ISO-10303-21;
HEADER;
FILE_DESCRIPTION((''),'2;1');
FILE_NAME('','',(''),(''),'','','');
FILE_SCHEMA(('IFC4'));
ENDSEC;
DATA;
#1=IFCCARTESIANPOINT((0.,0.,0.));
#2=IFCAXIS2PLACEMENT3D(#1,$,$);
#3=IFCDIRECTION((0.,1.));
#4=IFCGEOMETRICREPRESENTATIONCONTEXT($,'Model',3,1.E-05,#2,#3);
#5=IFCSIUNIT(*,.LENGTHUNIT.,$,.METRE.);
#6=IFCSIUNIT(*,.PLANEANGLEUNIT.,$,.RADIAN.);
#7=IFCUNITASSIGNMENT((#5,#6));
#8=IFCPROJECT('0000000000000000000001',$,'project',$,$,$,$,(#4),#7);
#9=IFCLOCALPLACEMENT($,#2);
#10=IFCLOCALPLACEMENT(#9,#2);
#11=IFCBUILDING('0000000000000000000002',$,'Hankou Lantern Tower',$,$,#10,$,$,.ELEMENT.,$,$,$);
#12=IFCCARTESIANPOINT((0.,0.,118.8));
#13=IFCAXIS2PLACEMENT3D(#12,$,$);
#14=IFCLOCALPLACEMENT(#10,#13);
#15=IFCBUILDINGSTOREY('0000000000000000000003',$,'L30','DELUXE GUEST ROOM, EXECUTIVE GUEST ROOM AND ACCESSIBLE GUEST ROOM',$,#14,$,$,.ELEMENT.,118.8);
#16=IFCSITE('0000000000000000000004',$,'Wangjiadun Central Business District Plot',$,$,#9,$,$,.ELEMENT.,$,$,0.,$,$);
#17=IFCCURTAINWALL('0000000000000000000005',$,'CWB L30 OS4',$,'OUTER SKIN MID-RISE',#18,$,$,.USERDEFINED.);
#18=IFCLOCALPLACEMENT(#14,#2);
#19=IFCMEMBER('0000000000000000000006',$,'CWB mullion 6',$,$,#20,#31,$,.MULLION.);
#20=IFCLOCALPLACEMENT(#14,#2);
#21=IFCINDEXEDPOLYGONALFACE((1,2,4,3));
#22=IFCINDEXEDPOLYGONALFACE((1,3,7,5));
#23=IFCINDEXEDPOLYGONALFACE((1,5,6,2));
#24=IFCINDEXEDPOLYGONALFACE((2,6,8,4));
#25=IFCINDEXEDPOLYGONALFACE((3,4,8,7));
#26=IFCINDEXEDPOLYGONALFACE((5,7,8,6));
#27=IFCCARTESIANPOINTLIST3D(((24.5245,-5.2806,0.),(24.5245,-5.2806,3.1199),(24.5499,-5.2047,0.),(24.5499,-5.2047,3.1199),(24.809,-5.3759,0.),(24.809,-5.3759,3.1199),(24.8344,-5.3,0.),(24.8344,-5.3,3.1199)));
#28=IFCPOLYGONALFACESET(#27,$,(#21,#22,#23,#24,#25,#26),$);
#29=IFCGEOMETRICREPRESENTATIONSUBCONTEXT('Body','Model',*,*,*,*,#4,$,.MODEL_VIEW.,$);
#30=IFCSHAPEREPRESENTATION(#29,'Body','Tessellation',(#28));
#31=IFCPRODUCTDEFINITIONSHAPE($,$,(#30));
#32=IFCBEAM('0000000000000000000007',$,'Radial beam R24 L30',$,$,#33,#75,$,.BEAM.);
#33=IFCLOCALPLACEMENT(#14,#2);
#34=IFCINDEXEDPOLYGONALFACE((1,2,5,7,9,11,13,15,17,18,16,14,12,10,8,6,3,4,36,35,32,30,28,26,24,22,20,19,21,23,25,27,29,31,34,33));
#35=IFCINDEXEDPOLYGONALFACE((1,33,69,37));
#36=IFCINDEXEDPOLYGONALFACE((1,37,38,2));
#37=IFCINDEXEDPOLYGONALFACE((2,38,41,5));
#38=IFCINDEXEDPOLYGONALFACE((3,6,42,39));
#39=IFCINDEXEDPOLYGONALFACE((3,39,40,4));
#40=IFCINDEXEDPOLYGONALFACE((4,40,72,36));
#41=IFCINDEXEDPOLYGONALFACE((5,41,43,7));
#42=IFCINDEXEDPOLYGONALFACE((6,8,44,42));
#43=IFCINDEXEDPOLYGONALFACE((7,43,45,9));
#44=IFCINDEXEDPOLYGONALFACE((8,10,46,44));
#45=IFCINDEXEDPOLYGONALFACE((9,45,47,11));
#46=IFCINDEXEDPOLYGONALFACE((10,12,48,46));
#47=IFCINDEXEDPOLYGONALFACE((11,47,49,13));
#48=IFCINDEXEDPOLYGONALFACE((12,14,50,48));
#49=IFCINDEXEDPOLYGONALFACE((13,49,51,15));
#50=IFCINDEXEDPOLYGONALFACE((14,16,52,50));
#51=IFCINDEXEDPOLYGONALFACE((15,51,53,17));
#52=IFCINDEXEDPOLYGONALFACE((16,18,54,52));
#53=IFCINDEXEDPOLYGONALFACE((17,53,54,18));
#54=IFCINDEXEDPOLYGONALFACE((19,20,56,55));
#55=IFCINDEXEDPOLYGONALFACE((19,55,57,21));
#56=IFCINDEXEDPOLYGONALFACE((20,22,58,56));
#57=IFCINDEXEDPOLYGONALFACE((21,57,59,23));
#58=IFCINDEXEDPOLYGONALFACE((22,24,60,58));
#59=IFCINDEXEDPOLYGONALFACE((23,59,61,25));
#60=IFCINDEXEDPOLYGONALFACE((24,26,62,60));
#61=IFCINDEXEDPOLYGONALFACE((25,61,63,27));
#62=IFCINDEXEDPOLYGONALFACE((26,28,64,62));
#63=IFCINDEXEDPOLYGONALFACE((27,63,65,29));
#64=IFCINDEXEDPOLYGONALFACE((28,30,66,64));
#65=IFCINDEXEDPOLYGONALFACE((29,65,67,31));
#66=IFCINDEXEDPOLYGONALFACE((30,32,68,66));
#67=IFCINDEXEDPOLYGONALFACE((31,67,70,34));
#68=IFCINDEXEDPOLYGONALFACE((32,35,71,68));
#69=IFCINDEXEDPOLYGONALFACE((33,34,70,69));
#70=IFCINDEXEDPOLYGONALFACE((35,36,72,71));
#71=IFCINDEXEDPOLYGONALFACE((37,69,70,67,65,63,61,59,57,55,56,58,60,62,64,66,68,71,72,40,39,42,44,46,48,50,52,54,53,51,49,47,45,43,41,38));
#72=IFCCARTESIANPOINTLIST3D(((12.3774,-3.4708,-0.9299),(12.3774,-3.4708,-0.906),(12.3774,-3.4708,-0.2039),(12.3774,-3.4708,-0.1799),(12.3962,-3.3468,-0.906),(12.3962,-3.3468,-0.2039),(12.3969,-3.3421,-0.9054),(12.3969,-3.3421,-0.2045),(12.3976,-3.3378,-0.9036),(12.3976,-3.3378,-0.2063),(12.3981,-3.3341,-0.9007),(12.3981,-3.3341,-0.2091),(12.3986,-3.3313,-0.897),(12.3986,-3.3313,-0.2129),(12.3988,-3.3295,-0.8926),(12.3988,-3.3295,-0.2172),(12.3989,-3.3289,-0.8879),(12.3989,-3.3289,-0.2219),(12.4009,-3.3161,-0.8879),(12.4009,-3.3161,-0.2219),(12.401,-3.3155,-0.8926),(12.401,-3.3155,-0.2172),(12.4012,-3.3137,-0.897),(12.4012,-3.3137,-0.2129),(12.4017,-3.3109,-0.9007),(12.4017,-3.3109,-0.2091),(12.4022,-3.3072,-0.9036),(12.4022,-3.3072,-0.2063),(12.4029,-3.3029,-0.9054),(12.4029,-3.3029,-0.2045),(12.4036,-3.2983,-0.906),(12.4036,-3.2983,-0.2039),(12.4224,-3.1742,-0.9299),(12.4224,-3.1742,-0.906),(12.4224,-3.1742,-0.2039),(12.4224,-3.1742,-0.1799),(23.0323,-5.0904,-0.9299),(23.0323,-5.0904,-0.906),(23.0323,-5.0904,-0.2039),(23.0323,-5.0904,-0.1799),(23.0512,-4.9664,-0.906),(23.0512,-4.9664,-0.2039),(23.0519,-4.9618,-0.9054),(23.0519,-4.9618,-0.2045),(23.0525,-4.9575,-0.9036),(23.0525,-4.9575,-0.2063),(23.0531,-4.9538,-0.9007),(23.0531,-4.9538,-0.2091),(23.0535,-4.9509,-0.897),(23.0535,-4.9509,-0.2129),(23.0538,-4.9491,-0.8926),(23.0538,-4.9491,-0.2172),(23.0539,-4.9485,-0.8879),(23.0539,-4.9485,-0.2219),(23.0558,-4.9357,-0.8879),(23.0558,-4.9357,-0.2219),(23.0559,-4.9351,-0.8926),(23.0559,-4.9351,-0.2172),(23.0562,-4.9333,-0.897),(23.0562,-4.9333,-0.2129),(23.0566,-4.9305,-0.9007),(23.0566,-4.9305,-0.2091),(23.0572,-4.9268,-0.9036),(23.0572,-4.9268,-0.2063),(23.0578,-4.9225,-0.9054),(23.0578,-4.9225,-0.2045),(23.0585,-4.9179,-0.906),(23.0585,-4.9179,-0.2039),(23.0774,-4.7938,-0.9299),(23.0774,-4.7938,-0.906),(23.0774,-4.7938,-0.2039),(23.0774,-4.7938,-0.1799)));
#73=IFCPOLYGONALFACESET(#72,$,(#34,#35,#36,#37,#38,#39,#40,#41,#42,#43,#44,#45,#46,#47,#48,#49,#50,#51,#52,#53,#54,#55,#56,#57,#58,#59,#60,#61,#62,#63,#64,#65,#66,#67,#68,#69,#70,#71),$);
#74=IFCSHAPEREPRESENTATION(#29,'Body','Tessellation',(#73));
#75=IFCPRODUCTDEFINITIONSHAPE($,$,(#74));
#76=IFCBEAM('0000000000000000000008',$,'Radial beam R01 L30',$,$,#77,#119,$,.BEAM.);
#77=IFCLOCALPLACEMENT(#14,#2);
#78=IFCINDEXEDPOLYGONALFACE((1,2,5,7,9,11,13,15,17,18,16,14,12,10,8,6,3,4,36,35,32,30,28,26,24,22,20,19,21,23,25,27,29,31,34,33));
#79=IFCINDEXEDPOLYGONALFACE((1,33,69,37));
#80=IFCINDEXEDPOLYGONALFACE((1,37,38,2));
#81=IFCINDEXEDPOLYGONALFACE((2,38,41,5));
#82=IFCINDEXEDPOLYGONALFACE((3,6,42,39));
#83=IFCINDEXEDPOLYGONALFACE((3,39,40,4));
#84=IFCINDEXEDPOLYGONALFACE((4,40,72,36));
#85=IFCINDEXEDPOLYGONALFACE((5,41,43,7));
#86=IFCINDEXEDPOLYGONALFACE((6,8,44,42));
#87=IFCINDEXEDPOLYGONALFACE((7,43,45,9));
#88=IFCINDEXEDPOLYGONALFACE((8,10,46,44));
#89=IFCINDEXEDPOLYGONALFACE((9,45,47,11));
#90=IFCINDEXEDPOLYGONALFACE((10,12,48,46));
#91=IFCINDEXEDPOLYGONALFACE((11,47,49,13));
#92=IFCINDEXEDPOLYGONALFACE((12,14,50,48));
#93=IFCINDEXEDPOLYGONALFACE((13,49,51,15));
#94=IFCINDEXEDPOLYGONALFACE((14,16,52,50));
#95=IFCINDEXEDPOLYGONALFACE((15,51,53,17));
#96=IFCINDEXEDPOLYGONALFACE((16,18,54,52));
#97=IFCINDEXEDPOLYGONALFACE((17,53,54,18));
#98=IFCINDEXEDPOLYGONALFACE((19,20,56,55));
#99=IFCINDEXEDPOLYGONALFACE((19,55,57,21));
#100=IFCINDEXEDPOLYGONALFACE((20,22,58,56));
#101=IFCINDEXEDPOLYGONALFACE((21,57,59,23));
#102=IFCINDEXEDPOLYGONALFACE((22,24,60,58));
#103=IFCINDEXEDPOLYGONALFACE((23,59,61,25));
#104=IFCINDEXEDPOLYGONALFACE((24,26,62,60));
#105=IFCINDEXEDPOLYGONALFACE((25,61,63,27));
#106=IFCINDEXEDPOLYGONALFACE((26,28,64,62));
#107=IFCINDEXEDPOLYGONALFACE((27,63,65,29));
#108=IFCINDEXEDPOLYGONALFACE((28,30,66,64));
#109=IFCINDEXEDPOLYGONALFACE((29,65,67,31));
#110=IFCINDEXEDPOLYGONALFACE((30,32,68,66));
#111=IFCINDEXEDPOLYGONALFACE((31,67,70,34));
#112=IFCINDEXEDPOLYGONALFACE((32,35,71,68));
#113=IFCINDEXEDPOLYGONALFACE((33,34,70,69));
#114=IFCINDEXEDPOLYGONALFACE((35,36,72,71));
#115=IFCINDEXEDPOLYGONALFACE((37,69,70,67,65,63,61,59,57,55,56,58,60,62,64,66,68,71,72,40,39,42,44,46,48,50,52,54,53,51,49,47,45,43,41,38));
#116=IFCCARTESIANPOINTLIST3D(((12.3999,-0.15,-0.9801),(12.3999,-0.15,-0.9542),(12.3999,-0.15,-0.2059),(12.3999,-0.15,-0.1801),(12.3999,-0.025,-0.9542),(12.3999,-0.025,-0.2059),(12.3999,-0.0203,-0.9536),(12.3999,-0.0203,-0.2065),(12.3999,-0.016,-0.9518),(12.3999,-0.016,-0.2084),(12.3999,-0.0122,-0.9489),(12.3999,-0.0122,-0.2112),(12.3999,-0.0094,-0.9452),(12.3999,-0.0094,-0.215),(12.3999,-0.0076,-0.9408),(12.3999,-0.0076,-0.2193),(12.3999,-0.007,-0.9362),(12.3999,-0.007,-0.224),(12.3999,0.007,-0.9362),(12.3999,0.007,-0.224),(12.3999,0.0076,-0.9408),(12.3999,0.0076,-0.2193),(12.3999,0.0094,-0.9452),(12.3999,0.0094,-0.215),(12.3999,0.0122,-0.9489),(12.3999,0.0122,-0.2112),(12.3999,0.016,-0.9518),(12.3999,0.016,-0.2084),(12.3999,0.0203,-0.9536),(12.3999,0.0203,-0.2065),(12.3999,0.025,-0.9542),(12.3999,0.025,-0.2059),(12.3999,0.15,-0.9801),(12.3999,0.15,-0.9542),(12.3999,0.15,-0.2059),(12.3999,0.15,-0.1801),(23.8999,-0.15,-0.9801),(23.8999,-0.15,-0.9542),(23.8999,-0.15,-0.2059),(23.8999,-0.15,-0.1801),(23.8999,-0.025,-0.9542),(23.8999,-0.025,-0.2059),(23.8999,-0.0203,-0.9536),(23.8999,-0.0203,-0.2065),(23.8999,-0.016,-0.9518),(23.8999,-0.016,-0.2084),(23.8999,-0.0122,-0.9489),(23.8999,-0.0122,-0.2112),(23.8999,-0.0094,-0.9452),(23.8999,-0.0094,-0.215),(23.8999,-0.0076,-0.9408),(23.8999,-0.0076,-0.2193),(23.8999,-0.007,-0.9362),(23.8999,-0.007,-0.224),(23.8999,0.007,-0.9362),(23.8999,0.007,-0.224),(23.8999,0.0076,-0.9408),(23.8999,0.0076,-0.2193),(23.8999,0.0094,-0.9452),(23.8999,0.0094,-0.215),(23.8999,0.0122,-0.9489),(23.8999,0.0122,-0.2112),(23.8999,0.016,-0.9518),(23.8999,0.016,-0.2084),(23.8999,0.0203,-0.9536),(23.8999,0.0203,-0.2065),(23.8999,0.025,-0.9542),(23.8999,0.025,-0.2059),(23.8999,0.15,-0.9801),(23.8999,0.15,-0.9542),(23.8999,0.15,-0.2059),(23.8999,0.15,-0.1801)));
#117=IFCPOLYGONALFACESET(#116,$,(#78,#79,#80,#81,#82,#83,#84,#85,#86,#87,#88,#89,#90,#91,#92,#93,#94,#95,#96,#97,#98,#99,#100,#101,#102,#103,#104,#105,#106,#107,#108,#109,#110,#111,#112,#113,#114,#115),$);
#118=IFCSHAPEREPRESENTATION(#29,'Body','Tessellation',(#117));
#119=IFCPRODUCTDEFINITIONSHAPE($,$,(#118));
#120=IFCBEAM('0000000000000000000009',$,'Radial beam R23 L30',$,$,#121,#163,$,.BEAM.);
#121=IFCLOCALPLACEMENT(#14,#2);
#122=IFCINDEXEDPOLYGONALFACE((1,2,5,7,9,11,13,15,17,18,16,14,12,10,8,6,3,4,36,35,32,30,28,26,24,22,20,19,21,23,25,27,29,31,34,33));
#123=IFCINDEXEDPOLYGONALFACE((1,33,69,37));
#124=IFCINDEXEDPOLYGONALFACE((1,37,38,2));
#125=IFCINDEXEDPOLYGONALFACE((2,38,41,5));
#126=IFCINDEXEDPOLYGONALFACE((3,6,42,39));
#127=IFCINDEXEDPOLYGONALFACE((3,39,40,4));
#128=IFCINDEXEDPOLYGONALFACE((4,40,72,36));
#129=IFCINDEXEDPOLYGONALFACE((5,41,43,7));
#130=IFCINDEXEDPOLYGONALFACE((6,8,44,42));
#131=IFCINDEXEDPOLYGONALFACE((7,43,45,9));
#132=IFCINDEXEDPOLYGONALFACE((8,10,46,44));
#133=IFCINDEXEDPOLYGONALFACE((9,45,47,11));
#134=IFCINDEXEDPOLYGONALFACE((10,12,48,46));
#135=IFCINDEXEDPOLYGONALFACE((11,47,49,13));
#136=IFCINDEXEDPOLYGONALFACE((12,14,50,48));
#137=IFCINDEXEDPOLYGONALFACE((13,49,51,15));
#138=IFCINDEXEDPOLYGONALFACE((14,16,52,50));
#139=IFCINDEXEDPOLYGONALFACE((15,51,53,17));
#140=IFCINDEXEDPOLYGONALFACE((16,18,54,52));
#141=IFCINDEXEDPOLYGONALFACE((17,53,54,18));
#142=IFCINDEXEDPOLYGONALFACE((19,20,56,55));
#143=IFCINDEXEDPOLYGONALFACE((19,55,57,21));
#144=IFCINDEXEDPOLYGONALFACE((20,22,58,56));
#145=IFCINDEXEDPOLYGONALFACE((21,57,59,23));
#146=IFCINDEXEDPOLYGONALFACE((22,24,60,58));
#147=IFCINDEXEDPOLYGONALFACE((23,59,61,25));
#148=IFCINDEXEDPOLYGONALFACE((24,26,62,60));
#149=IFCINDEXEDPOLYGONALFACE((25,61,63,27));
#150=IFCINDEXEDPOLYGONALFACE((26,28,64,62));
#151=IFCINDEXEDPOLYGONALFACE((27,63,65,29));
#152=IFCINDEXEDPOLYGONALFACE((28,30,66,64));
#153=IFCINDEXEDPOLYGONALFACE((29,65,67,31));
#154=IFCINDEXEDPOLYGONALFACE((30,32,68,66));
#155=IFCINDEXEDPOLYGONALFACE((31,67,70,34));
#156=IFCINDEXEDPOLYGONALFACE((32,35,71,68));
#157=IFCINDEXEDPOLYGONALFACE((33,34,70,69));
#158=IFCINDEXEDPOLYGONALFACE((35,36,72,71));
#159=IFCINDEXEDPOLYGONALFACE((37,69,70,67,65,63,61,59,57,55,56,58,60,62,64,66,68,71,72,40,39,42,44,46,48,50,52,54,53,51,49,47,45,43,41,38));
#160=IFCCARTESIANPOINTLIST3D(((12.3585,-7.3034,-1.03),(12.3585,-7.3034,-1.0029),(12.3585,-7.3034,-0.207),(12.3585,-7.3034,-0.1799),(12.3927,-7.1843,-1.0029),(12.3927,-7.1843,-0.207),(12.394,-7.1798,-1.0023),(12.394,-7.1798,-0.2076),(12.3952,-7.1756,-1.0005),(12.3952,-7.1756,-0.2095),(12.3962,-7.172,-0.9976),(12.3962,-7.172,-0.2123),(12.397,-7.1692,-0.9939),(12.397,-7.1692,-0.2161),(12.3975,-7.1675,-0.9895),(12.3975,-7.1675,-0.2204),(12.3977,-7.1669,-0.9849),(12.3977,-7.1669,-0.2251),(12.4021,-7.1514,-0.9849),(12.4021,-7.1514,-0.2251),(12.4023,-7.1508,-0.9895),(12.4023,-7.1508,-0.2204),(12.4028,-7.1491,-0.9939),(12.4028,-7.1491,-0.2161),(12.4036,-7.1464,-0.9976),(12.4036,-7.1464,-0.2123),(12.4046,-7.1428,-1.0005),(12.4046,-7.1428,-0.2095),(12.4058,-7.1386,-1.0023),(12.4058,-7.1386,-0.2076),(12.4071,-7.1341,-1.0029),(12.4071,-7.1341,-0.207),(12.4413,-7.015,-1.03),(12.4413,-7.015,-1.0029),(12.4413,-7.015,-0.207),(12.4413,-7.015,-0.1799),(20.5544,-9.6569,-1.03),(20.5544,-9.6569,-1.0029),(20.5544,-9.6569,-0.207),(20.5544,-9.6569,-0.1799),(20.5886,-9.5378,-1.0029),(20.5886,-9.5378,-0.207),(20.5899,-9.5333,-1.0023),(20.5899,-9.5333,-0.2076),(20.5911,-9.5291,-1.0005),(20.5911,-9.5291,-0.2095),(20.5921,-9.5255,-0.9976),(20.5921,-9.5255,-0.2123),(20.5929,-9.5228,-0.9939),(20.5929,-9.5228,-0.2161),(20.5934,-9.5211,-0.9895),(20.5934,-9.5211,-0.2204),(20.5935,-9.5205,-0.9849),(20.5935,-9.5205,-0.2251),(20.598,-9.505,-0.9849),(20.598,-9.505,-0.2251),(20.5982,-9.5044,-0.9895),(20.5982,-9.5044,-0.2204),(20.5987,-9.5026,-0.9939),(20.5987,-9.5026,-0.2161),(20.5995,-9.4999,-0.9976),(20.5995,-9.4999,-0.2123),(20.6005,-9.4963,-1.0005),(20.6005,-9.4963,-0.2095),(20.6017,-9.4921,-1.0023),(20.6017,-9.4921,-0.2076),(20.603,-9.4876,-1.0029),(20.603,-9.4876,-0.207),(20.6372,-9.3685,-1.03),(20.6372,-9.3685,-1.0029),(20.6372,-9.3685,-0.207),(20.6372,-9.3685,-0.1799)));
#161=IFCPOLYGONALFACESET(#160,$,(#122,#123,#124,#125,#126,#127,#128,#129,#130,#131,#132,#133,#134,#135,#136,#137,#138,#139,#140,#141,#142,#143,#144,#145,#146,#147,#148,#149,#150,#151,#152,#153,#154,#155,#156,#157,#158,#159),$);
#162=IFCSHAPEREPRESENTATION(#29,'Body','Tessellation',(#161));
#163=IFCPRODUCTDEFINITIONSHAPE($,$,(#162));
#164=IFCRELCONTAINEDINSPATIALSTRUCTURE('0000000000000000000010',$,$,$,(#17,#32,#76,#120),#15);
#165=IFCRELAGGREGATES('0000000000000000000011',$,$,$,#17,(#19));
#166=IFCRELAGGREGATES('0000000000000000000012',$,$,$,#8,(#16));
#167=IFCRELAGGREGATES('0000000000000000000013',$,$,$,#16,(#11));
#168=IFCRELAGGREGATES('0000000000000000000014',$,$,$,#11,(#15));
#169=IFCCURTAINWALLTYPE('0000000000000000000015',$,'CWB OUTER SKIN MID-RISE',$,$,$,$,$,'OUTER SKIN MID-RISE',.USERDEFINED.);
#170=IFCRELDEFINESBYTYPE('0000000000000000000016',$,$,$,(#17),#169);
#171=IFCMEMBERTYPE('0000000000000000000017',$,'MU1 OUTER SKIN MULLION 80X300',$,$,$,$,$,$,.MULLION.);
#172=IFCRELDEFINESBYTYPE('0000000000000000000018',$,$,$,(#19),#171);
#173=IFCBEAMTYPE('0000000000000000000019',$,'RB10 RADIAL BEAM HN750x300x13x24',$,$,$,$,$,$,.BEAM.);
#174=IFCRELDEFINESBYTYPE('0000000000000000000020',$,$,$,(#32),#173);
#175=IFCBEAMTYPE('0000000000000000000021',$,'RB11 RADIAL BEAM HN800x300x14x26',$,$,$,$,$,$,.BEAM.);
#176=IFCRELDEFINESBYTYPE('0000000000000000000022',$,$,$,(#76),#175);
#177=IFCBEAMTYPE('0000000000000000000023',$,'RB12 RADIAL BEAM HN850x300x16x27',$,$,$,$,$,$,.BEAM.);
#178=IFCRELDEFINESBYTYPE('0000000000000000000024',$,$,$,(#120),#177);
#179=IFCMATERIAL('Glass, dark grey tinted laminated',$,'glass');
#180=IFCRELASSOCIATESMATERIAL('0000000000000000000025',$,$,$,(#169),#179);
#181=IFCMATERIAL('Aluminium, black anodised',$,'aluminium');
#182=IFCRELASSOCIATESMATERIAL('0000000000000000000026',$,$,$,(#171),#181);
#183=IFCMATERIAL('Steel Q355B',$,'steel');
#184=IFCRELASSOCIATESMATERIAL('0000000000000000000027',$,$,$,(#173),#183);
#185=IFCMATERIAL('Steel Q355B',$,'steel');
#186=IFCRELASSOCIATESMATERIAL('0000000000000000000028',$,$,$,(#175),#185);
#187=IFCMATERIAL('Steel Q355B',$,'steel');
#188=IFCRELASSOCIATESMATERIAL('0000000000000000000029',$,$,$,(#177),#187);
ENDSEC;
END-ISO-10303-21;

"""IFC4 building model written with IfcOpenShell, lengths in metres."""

from ifc_helpers import new_model, si_unit, direction, frame, origin, origin_2d, place, context, subcontext, project, spatial, rectangle, i_section, extrude, material, material_profile, profile_set, type_object, element, aggregate, save


model = new_model("IFC4")

# Units and contexts
model_context = context("Model", 3, precision=1e-05, world=origin(), true_north=direction((0.0, 1.0)))
body_context = subcontext(model_context, "Body", "Model", "MODEL_VIEW")
ifc_project = project(units=[si_unit("LENGTHUNIT", "METRE"), si_unit("PLANEANGLEUNIT", "RADIAN")], contexts=[model_context])

# Site, building, storey
site_placement = place(None, origin())
site = spatial("IfcSite", under=ifc_project, at=site_placement, Name="Wangjiadun Central Business District Plot", CompositionType="ELEMENT", RefElevation=0.0)
building_placement = place(site_placement, origin())
building = spatial("IfcBuilding", under=site, at=building_placement, Name="Hankou Lantern Tower", CompositionType="ELEMENT")
storey_placement = place(building_placement, frame((0.0, 0.0, 118.8)))
storey = spatial("IfcBuildingStorey", under=building, at=storey_placement, Name="L30", Description="DELUXE GUEST ROOM, EXECUTIVE GUEST ROOM AND ACCESSIBLE GUEST ROOM", CompositionType="ELEMENT", Elevation=118.8)

# Curtain wall, member
ifc_material_1 = material(Name="Glass, dark grey tinted laminated", Category="glass")
curtain_wall_type = type_object("IfcCurtainWallType", Name="CWB OUTER SKIN MID-RISE", ElementType="OUTER SKIN MID-RISE", PredefinedType="USERDEFINED", material=ifc_material_1)
curtain_wall_placement = place(storey_placement, origin())
curtain_wall = element("IfcCurtainWall", 1, at=curtain_wall_placement, inside=storey, type_object=curtain_wall_type, Name="CWB L30 OS4", ObjectType="OUTER SKIN MID-RISE", PredefinedType="USERDEFINED")
ifc_material_2 = material(Name="Aluminium, black anodised", Category="aluminium")
ifc_material_profile_1 = material_profile(ifc_material_2, rectangle(XDim=0.0801, YDim=0.3, at=origin_2d()), Name="MU1 80X300")
ifc_profile_set_1 = profile_set([ifc_material_profile_1], Name="Aluminium, black anodised")
member_type_1 = type_object("IfcMemberType", Name="MU1 OUTER SKIN MULLION 80X300", PredefinedType="MULLION", material=ifc_profile_set_1)
member_1_placement = place(storey_placement, frame((24.6794, -5.2903, 0.0), z_axis=(0.0, 0.0, 1.0), x_axis=(0.317596, 0.948226, 0.0)))
member_1 = element("IfcMember", 2, at=member_1_placement, type_object=member_type_1, Name="CWB mullion 6", PredefinedType="MULLION", context=body_context, shape_type="SweptSolid", body=[
    extrude(rectangle(XDim=0.0801, YDim=0.3, at=origin_2d()), origin(), (0.0, 0.0, 1.0), 3.1199),
])

# Beams
ifc_material_3 = material(Name="Steel Q355B", Category="steel")
ifc_material_profile_2 = material_profile(ifc_material_3, i_section(OverallWidth=0.3, OverallDepth=0.75, WebThickness=0.0129, FlangeThickness=0.0239, FilletRadius=0.0181, at=origin_2d()), Name="HN750x300x13x24")
ifc_profile_set_2 = profile_set([ifc_material_profile_2], Name="Steel Q355B")
beam_type_1 = type_object("IfcBeamType", Name="RB10 RADIAL BEAM HN750x300x13x24", PredefinedType="BEAM", material=ifc_profile_set_2)
beam_1_placement = place(storey_placement, frame((12.3999, -3.3225, -0.5549), z_axis=(0.988644, -0.15028, 0.0), x_axis=(0.15028, 0.988644, 0.0)))
element("IfcBeam", 3, at=beam_1_placement, inside=storey, type_object=beam_type_1, Name="Radial beam R24 L30", PredefinedType="BEAM", context=body_context, shape_type="SweptSolid", body=[
    extrude(i_section(OverallWidth=0.3, OverallDepth=0.75, WebThickness=0.0129, FlangeThickness=0.0239, FilletRadius=0.0181, at=origin_2d()), origin(), (0.0, 0.0, 1.0), 10.7773),
])
ifc_material_4 = material(Name="Steel Q355B", Category="steel")
ifc_material_profile_3 = material_profile(ifc_material_4, i_section(OverallWidth=0.3, OverallDepth=0.8, WebThickness=0.0139, FlangeThickness=0.0259, FilletRadius=0.0181, at=origin_2d()), Name="HN800x300x14x26")
ifc_profile_set_3 = profile_set([ifc_material_profile_3], Name="Steel Q355B")
beam_type_2 = type_object("IfcBeamType", Name="RB11 RADIAL BEAM HN800x300x14x26", PredefinedType="BEAM", material=ifc_profile_set_3)
beam_2_placement = place(storey_placement, frame((12.3999, 0.0, -0.5801), z_axis=(1.0, 0.0, 0.0), x_axis=(0.0, 1.0, 0.0)))
element("IfcBeam", 4, at=beam_2_placement, inside=storey, type_object=beam_type_2, Name="Radial beam R01 L30", PredefinedType="BEAM", context=body_context, shape_type="SweptSolid", body=[
    extrude(i_section(OverallWidth=0.3, OverallDepth=0.8, WebThickness=0.0139, FlangeThickness=0.0259, FilletRadius=0.0181, at=origin_2d()), origin(), (0.0, 0.0, 1.0), 11.5),
])
ifc_material_5 = material(Name="Steel Q355B", Category="steel")
ifc_material_profile_4 = material_profile(ifc_material_5, i_section(OverallWidth=0.3, OverallDepth=0.8501, WebThickness=0.0161, FlangeThickness=0.0271, FilletRadius=0.0181, at=origin_2d()), Name="HN850x300x16x27")
ifc_profile_set_4 = profile_set([ifc_material_profile_4], Name="Steel Q355B")
beam_type_3 = type_object("IfcBeamType", Name="RB12 RADIAL BEAM HN850x300x16x27", PredefinedType="BEAM", material=ifc_profile_set_4)
beam_3_placement = place(storey_placement, frame((12.3999, -7.1592, -0.605), z_axis=(0.961156, -0.276007, 0.0), x_axis=(0.276007, 0.961156, 0.0)))
element("IfcBeam", 5, at=beam_3_placement, inside=storey, type_object=beam_type_3, Name="Radial beam R23 L30", PredefinedType="BEAM", context=body_context, shape_type="SweptSolid", body=[
    extrude(i_section(OverallWidth=0.3, OverallDepth=0.8501, WebThickness=0.0161, FlangeThickness=0.0271, FilletRadius=0.0181, at=origin_2d()), origin(), (0.0, 0.0, 1.0), 8.5271),
])

aggregate(curtain_wall, [member_1])

save(model, "model.ifc")
